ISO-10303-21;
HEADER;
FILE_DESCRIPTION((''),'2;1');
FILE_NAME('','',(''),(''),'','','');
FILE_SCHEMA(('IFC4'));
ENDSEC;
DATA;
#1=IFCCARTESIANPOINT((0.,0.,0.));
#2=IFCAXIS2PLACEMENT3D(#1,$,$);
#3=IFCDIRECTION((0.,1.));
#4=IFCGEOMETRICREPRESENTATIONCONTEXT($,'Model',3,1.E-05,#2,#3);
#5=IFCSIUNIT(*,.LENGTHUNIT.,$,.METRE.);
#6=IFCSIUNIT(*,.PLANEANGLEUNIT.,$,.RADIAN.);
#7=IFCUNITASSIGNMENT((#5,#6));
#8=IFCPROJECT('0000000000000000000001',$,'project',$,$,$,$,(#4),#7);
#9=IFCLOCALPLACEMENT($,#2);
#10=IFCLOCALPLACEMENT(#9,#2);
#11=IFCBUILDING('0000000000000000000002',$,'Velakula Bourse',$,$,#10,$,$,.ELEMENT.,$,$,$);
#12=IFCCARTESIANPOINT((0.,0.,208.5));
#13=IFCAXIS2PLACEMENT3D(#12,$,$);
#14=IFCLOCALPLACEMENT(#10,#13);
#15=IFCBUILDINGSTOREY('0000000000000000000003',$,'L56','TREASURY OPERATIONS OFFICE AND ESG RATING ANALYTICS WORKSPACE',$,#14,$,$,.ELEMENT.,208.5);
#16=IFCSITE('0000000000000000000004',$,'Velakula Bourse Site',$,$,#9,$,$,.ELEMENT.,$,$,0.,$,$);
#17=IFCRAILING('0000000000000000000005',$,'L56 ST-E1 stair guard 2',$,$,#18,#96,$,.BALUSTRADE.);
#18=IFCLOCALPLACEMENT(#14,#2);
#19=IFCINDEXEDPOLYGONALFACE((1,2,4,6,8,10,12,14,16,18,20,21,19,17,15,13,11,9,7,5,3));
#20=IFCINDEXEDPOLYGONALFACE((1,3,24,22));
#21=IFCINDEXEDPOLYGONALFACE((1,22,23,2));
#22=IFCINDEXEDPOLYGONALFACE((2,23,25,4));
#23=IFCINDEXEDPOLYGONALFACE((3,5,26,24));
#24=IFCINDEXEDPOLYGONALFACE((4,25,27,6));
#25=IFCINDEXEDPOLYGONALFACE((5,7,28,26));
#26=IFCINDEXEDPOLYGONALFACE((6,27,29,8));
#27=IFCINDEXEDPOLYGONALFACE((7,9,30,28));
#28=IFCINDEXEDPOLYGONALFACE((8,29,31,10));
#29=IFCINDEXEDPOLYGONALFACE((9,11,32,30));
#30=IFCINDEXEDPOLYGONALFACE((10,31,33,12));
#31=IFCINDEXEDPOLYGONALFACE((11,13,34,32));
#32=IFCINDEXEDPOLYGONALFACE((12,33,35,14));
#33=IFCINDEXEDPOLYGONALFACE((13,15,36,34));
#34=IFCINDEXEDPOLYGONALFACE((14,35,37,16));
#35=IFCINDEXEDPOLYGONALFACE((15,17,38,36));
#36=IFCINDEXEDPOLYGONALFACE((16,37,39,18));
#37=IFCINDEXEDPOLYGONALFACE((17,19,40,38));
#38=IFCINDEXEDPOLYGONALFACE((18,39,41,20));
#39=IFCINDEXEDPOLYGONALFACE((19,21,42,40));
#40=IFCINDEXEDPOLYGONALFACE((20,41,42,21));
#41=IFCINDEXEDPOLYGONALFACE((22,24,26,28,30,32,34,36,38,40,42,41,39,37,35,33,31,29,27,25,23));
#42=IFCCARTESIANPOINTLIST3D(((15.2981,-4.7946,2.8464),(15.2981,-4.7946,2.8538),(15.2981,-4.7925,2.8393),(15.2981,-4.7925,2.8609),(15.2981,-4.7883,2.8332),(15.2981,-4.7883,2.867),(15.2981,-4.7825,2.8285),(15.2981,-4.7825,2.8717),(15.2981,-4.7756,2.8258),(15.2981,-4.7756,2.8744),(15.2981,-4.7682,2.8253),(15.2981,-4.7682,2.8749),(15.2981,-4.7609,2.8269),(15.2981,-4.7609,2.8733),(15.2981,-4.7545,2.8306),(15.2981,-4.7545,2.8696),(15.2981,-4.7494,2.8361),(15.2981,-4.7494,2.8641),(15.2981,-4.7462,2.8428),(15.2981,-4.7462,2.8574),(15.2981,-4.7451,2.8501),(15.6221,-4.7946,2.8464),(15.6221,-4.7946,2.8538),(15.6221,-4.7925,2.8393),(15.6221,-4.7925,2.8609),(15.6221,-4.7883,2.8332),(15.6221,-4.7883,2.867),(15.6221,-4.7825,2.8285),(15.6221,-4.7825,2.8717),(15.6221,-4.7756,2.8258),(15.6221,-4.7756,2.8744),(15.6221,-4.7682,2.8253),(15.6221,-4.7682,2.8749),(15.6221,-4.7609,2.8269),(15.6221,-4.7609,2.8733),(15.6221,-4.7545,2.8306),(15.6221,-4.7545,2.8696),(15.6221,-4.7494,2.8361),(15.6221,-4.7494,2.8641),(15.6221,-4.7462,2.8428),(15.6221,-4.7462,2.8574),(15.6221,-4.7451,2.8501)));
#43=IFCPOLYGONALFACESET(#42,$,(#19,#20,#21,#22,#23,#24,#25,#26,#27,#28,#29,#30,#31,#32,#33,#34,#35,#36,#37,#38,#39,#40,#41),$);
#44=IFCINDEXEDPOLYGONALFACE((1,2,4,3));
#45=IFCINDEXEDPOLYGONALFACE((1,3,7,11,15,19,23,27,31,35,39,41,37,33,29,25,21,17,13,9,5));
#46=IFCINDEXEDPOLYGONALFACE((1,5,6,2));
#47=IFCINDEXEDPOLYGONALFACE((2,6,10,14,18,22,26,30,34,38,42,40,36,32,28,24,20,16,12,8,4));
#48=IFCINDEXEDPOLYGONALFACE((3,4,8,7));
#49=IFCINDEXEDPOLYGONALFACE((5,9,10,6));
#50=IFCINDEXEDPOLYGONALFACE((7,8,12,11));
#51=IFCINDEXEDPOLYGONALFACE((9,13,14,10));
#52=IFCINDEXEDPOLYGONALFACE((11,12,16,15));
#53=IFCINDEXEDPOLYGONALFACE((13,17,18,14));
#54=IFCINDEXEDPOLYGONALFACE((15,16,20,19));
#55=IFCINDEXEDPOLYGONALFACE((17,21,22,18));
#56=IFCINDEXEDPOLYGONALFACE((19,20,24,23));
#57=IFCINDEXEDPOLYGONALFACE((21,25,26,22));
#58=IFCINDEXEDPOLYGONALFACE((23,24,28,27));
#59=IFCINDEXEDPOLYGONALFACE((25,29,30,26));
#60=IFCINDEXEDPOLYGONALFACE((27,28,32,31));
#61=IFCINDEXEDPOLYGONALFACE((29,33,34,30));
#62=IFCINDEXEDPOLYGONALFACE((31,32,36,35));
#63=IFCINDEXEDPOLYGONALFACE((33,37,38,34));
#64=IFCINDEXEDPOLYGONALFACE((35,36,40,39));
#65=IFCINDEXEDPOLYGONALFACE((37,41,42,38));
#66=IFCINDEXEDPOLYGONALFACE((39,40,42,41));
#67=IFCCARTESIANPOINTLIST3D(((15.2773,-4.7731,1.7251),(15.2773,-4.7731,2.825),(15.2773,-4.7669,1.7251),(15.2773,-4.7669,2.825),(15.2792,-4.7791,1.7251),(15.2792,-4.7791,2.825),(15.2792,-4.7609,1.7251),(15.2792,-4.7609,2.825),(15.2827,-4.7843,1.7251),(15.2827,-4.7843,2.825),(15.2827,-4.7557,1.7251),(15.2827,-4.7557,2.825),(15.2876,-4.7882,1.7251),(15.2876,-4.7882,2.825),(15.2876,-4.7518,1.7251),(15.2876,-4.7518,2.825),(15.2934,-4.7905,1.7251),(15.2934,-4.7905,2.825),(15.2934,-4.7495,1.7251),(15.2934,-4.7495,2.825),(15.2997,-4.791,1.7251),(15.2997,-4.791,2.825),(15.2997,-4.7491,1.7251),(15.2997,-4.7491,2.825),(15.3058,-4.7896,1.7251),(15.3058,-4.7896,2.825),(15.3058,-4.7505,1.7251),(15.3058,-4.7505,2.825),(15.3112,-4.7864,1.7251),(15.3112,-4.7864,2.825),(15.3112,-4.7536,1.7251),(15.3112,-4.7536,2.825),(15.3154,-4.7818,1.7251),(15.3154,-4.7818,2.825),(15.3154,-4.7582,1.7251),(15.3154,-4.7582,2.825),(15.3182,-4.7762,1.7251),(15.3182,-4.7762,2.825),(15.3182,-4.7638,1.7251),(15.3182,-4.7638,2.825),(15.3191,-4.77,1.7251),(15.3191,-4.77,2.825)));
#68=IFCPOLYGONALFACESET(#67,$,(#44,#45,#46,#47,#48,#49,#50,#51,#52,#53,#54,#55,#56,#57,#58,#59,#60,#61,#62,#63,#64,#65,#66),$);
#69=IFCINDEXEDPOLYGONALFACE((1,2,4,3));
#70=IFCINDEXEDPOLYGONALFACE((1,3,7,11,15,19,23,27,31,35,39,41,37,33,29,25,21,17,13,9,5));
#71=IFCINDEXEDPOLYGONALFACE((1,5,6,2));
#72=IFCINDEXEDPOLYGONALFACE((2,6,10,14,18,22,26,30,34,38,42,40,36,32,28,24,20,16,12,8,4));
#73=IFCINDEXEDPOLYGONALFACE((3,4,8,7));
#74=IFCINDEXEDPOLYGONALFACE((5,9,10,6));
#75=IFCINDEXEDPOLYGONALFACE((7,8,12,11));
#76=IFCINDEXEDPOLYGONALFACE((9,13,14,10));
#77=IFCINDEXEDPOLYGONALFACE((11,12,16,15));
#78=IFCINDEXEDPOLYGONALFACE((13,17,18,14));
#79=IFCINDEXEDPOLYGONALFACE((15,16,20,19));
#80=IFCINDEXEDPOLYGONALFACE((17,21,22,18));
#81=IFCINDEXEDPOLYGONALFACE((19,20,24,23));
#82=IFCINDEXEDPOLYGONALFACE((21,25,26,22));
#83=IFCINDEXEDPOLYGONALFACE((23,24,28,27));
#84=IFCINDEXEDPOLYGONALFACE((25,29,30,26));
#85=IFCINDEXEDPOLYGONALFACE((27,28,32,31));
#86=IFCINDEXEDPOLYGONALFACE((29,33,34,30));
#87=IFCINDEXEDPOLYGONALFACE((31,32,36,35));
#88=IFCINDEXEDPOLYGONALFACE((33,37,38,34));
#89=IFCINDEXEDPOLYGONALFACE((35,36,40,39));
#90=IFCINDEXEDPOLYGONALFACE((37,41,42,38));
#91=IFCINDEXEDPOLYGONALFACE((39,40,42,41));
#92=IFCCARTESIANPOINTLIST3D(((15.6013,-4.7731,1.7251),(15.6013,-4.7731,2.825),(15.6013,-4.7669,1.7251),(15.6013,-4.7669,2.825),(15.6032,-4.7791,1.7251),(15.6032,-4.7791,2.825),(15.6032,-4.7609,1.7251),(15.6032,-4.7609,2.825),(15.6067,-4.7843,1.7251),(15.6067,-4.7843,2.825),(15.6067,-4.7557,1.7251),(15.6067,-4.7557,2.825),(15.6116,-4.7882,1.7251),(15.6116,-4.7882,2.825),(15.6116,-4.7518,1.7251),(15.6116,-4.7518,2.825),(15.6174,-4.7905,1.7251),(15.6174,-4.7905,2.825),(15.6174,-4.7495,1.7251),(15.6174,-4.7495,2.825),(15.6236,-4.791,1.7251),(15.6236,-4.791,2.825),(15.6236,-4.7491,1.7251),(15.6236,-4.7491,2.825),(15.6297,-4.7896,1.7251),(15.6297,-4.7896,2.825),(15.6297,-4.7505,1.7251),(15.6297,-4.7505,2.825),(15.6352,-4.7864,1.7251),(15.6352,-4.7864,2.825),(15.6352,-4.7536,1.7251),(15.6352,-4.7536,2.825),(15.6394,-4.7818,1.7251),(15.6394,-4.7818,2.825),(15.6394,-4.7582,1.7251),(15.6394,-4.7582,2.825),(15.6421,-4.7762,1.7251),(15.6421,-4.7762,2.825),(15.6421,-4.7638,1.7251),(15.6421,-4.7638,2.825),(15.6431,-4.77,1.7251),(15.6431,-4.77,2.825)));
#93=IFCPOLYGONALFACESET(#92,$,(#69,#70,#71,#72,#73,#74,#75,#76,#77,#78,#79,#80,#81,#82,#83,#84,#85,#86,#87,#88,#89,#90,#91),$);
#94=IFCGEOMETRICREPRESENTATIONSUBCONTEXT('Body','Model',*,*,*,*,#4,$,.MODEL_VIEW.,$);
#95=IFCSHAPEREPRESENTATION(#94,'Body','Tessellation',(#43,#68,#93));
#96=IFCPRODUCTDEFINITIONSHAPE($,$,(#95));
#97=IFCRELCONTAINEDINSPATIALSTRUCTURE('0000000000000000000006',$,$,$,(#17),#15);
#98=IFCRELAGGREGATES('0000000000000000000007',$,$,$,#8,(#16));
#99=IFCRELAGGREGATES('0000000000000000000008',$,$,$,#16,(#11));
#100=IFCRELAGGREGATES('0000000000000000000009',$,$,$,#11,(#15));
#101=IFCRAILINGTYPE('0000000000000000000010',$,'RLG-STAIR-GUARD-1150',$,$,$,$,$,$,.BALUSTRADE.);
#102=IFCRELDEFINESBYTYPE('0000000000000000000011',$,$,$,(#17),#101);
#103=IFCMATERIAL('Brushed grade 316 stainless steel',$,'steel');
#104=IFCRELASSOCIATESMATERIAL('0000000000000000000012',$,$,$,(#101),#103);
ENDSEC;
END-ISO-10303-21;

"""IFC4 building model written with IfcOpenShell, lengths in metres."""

from ifc_helpers import new_model, si_unit, direction, frame, origin, origin_2d, place, context, subcontext, project, spatial, circle, extrude, material, type_object, element, save


model = new_model("IFC4")

# Units and contexts
model_context = context("Model", 3, precision=1e-05, world=origin(), true_north=direction((0.0, 1.0)))
body_context = subcontext(model_context, "Body", "Model", "MODEL_VIEW")
ifc_project = project(units=[si_unit("LENGTHUNIT", "METRE"), si_unit("PLANEANGLEUNIT", "RADIAN")], contexts=[model_context])

# Site, building, storey
site_placement = place(None, origin())
site = spatial("IfcSite", under=ifc_project, at=site_placement, Name="Velakula Bourse Site", CompositionType="ELEMENT", RefElevation=0.0)
building_placement = place(site_placement, origin())
building = spatial("IfcBuilding", under=site, at=building_placement, Name="Velakula Bourse", CompositionType="ELEMENT")
storey_placement = place(building_placement, frame((0.0, 0.0, 208.5)))
storey = spatial("IfcBuildingStorey", under=building, at=storey_placement, Name="L56", Description="TREASURY OPERATIONS OFFICE AND ESG RATING ANALYTICS WORKSPACE", CompositionType="ELEMENT", Elevation=208.5)

# Shared definitions
ifc_material_1 = material(Name="Brushed grade 316 stainless steel", Category="steel")

# Railing
railing_type_1 = type_object("IfcRailingType", Name="RLG-STAIR-GUARD-1150", PredefinedType="BALUSTRADE", material=ifc_material_1)
railing_1_placement = place(storey_placement, frame((15.2981, -4.77, 1.7251)))
element("IfcRailing", 1, at=railing_1_placement, inside=storey, type_object=railing_type_1, Name="L56 ST-E1 stair guard 2", PredefinedType="BALUSTRADE", context=body_context, shape_type="SweptSolid", body=[
    extrude(circle(Radius=0.0249, at=origin_2d()), frame((0.0, 0.0, 1.125), z_axis=(1.0, 0.0, 0.0), x_axis=(0.0, 1.0, 0.0)), (0.0, 0.0, 1.0), 0.324),
    extrude(circle(Radius=0.021, at=origin_2d()), origin(), (0.0, 0.0, 1.0), 1.0999),
    extrude(circle(Radius=0.021, at=origin_2d()), frame((0.324, 0.0, 0.0)), (0.0, 0.0, 1.0), 1.0999),
])

save(model, "model.ifc")
